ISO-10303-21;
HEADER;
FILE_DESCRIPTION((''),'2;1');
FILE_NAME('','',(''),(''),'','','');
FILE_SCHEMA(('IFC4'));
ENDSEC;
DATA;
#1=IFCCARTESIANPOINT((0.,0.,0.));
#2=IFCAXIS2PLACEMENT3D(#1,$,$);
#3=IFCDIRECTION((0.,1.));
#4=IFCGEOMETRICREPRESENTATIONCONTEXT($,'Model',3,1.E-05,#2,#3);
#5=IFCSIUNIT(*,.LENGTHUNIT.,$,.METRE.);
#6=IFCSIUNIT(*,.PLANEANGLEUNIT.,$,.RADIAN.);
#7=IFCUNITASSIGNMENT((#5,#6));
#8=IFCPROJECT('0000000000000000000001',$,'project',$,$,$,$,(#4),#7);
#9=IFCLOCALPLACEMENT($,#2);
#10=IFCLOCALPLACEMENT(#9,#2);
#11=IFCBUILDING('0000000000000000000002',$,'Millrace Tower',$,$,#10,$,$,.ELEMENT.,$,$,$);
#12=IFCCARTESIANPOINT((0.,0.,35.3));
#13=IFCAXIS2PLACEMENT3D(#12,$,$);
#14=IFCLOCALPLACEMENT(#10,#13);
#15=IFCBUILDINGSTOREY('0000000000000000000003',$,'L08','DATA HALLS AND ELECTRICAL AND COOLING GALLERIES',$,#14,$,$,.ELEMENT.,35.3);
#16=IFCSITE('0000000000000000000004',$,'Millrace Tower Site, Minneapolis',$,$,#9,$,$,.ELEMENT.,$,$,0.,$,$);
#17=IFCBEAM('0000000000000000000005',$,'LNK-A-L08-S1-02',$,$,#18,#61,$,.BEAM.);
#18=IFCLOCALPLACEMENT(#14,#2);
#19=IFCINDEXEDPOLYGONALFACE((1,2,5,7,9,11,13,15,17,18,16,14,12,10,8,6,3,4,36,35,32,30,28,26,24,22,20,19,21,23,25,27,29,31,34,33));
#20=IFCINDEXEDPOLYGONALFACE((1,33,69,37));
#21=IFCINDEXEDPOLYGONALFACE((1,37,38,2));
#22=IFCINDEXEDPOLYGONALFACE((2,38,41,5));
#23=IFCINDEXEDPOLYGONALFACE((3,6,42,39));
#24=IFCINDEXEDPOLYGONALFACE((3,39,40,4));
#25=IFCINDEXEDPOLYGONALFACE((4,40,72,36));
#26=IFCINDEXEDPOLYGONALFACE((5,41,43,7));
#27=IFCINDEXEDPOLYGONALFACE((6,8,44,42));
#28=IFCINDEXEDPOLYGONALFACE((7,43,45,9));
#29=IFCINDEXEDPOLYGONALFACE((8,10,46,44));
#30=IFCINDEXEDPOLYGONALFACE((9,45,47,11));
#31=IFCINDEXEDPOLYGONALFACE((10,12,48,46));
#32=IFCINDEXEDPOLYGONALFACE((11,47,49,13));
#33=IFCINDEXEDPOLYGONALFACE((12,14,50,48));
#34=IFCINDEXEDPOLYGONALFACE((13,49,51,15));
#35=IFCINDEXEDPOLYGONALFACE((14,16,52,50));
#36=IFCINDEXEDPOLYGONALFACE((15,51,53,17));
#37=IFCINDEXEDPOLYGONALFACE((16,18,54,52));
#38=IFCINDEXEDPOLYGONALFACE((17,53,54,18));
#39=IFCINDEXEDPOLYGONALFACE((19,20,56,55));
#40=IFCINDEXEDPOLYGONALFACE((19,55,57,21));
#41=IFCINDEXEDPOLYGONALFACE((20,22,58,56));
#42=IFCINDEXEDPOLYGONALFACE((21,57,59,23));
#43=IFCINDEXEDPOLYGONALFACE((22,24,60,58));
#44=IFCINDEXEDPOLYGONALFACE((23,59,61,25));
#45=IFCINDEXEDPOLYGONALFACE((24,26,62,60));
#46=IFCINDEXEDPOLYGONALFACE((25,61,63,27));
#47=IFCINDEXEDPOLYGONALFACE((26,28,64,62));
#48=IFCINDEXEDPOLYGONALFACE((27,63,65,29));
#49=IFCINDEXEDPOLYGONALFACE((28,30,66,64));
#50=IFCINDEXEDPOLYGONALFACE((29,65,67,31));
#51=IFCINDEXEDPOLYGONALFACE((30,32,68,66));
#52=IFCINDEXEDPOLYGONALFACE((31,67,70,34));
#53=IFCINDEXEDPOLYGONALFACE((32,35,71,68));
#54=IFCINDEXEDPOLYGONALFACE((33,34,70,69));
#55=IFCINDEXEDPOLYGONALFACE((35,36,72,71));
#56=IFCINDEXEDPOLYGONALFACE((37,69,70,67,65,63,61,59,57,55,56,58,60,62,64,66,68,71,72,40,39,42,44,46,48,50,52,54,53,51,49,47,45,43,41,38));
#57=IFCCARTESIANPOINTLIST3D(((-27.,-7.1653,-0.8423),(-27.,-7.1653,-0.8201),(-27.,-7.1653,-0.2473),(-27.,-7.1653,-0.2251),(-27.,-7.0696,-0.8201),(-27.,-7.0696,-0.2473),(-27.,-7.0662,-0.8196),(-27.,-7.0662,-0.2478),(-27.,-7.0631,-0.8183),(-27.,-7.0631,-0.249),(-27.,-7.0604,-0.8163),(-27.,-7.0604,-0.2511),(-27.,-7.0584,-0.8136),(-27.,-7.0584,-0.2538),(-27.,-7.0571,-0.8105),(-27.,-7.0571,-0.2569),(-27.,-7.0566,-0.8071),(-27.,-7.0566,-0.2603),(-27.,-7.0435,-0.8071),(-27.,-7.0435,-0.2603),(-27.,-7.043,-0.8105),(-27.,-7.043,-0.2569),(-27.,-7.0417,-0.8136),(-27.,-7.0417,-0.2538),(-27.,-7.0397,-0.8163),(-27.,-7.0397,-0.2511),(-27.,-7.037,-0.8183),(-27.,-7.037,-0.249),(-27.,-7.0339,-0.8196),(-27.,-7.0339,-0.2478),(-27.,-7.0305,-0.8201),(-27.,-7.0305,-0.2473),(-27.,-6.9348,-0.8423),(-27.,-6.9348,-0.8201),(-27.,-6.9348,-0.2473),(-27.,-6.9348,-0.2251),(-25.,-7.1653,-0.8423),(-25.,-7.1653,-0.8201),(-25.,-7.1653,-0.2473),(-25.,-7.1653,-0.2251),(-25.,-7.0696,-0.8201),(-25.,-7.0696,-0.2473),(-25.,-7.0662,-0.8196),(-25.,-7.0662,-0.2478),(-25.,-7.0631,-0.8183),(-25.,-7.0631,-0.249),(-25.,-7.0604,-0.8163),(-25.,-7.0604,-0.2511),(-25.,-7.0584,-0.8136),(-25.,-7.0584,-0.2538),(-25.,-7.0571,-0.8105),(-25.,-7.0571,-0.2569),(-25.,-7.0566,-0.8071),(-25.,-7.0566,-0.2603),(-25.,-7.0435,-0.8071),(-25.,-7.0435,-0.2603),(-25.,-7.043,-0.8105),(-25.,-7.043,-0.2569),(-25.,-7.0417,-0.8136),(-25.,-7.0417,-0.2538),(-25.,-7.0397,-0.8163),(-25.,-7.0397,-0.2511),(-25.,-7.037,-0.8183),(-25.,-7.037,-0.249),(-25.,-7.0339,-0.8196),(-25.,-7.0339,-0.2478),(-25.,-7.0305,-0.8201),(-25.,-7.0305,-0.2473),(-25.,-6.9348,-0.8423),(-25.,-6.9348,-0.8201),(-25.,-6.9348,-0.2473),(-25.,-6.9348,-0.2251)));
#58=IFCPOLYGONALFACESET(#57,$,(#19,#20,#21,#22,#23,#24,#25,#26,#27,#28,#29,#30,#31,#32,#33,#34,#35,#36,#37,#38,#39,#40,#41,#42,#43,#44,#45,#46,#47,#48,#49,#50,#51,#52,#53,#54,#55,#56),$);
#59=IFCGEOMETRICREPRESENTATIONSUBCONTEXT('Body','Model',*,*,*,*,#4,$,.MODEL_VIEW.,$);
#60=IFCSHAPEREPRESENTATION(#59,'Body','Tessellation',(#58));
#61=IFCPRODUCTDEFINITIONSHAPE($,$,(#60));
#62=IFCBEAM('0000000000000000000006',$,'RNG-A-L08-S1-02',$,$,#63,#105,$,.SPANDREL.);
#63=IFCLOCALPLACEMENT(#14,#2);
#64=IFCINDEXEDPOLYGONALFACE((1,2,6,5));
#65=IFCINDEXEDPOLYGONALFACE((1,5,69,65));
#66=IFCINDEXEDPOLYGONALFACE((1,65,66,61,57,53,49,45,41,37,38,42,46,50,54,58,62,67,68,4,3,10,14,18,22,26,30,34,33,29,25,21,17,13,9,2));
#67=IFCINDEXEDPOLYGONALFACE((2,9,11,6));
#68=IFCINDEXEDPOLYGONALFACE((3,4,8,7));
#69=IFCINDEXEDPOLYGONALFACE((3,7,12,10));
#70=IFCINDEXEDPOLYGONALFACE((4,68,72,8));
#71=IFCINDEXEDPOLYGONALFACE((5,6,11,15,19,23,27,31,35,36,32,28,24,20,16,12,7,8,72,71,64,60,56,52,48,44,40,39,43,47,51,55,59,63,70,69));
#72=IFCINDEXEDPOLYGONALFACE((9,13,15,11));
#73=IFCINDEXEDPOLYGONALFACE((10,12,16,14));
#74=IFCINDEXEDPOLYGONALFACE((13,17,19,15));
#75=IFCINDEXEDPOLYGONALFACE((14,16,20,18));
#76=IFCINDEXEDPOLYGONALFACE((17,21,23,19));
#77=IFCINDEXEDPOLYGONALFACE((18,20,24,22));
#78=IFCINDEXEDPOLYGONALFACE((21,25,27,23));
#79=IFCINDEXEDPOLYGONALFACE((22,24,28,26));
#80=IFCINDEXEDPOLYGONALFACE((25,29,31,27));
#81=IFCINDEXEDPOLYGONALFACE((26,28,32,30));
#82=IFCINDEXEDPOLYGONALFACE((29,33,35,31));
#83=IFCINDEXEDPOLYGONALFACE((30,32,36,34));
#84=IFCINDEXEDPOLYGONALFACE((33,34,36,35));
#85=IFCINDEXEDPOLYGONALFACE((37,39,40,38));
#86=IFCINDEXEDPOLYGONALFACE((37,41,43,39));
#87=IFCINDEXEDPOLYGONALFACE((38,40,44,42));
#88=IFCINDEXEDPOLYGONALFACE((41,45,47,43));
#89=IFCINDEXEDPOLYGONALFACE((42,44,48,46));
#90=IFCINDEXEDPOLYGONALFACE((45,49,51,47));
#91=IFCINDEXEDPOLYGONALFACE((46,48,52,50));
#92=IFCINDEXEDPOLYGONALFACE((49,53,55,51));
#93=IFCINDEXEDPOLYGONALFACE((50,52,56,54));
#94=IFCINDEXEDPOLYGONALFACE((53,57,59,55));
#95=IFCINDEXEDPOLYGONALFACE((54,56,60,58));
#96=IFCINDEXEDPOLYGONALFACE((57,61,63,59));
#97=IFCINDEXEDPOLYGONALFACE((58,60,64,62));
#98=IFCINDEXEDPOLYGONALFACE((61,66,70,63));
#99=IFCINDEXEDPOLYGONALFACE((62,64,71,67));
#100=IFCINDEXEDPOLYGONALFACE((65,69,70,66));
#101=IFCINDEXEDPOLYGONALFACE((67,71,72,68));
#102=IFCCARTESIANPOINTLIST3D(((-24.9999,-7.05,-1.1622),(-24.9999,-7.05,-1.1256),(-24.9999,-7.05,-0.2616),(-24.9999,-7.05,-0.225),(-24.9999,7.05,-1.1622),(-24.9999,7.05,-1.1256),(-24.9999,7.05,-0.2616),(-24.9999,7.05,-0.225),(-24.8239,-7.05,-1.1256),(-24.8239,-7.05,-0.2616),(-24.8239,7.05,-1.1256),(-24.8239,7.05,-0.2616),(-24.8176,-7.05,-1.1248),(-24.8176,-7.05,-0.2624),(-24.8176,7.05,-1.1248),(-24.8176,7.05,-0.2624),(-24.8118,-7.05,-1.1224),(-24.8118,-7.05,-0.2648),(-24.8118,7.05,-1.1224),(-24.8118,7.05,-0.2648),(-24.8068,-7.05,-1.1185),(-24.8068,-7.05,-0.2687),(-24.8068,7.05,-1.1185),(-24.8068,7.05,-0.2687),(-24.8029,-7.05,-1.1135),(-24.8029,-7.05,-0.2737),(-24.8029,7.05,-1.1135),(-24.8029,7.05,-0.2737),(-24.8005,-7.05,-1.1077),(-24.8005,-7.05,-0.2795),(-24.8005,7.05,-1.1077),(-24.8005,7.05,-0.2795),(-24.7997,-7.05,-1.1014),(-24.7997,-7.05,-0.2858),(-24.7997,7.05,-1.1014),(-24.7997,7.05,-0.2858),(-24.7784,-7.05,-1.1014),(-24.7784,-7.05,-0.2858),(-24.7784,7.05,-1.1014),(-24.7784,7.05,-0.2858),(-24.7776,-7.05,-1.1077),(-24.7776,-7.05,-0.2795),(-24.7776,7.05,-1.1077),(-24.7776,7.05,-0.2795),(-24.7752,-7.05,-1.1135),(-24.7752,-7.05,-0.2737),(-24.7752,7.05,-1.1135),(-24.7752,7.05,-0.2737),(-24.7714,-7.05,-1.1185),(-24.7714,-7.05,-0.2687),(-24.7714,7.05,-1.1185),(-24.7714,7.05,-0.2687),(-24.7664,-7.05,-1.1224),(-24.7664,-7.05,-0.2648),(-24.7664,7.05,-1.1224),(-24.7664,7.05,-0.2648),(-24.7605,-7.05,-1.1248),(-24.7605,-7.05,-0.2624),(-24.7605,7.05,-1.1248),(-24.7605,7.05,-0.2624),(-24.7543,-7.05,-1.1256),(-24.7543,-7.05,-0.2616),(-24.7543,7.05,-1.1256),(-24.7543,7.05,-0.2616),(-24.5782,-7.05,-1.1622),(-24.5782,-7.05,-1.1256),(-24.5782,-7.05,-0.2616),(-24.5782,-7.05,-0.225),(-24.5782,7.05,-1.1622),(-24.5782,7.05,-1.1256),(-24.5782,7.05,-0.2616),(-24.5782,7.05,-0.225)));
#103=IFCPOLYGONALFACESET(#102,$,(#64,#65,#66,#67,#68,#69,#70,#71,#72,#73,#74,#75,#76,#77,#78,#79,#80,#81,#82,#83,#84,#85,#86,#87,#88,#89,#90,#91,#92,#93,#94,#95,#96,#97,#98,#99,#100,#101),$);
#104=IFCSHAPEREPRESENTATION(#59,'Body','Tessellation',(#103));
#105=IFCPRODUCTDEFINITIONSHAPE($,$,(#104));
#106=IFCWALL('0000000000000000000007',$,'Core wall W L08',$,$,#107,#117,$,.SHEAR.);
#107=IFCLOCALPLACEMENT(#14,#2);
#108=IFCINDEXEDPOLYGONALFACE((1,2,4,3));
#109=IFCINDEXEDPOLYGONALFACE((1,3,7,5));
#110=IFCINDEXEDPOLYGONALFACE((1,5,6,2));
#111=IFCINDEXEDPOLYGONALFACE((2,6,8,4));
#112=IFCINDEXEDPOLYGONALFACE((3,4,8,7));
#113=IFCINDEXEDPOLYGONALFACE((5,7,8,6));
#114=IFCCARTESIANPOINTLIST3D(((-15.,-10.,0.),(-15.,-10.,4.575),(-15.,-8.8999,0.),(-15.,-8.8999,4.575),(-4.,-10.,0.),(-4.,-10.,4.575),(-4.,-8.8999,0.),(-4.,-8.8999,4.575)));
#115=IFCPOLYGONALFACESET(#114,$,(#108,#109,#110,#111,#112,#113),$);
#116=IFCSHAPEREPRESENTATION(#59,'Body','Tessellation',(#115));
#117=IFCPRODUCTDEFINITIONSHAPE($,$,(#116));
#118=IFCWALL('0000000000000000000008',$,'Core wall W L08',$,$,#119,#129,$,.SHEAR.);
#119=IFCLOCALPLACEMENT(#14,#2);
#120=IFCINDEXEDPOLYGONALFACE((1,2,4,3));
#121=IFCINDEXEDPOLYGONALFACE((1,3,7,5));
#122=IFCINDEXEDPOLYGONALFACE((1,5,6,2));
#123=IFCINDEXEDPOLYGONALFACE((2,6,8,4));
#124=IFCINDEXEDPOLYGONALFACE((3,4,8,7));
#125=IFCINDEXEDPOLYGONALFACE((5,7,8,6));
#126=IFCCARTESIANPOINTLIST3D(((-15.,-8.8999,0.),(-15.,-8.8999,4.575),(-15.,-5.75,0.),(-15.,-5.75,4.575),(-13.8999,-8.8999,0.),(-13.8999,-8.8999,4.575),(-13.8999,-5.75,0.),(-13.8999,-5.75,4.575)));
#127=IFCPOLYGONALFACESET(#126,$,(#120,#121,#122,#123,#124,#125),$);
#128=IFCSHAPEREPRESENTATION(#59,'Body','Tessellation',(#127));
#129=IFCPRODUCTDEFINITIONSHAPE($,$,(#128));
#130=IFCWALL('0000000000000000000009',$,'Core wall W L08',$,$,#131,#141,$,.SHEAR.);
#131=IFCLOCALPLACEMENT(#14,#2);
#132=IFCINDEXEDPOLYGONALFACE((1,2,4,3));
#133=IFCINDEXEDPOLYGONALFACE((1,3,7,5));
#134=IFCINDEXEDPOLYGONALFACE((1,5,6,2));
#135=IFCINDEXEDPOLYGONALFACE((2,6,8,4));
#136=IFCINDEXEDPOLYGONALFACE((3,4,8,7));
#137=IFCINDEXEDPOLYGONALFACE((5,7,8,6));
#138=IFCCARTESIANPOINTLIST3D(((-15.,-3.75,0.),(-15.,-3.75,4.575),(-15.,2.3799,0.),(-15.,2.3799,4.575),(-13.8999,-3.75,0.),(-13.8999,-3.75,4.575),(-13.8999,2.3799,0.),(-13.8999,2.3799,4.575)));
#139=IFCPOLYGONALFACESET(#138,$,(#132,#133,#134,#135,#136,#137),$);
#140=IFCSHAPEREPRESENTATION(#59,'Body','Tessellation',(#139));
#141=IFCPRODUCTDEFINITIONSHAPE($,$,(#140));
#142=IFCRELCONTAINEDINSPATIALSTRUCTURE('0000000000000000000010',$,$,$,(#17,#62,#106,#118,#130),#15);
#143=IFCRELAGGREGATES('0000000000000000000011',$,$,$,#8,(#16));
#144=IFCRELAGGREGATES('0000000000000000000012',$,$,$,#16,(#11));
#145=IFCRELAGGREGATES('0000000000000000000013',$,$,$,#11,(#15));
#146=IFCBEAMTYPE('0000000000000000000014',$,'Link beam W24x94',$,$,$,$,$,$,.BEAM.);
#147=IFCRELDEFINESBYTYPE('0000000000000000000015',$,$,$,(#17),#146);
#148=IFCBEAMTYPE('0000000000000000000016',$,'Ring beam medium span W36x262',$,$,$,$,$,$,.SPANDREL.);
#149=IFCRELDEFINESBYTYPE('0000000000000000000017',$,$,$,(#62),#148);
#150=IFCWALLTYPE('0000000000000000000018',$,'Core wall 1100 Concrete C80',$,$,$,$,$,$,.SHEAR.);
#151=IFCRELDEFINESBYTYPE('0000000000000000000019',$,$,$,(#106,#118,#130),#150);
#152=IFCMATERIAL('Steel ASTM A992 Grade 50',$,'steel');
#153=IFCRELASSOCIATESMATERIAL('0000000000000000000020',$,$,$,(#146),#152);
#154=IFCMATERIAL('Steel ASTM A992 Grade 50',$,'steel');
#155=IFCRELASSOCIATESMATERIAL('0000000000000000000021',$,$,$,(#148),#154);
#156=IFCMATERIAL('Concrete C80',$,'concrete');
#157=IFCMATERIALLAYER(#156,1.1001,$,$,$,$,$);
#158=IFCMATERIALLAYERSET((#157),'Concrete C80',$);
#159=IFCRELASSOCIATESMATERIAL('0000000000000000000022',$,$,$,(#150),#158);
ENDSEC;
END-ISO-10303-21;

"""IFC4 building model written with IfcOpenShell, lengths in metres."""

from ifc_helpers import new_model, si_unit, direction, frame, frame_2d, origin, origin_2d, place, context, subcontext, project, spatial, rectangle, i_section, extrude, material, layer, layer_set, material_profile, profile_set, type_object, element, save


model = new_model("IFC4")

# Units and contexts
model_context = context("Model", 3, precision=1e-05, world=origin(), true_north=direction((0.0, 1.0)))
body_context = subcontext(model_context, "Body", "Model", "MODEL_VIEW")
ifc_project = project(units=[si_unit("LENGTHUNIT", "METRE"), si_unit("PLANEANGLEUNIT", "RADIAN")], contexts=[model_context])

# Site, building, storey
site_placement = place(None, origin())
site = spatial("IfcSite", under=ifc_project, at=site_placement, Name="Millrace Tower Site, Minneapolis", CompositionType="ELEMENT", RefElevation=0.0)
building_placement = place(site_placement, origin())
building = spatial("IfcBuilding", under=site, at=building_placement, Name="Millrace Tower", CompositionType="ELEMENT")
storey_placement = place(building_placement, frame((0.0, 0.0, 35.3)))
storey = spatial("IfcBuildingStorey", under=building, at=storey_placement, Name="L08", Description="DATA HALLS AND ELECTRICAL AND COOLING GALLERIES", CompositionType="ELEMENT", Elevation=35.3)

# Beams
ifc_material_1 = material(Name="Steel ASTM A992 Grade 50", Category="steel")
ifc_material_profile_1 = material_profile(ifc_material_1, i_section(OverallWidth=0.2305, OverallDepth=0.6172, WebThickness=0.0132, FlangeThickness=0.0222, FilletRadius=0.0129, at=origin_2d()))
ifc_profile_set_1 = profile_set([ifc_material_profile_1], Name="Steel ASTM A992 Grade 50")
beam_type_1 = type_object("IfcBeamType", Name="Link beam W24x94", PredefinedType="BEAM", material=ifc_profile_set_1)
beam_1_placement = place(storey_placement, frame((-25.0, -7.05, -0.5337), z_axis=(-1.0, 0.0, 0.0), x_axis=(0.0, -1.0, 0.0)))
element("IfcBeam", 1, at=beam_1_placement, inside=storey, type_object=beam_type_1, Name="LNK-A-L08-S1-02", PredefinedType="BEAM", context=body_context, shape_type="SweptSolid", body=[
    extrude(i_section(OverallWidth=0.2305, OverallDepth=0.6172, WebThickness=0.0132, FlangeThickness=0.0222, FilletRadius=0.0129, at=origin_2d()), origin(), (0.0, 0.0, 1.0), 2.0),
])
ifc_material_2 = material(Name="Steel ASTM A992 Grade 50", Category="steel")
ifc_material_profile_2 = material_profile(ifc_material_2, i_section(OverallWidth=0.4216, OverallDepth=0.9373, WebThickness=0.0212, FlangeThickness=0.0366, FilletRadius=0.0242, at=origin_2d()))
ifc_profile_set_2 = profile_set([ifc_material_profile_2], Name="Steel ASTM A992 Grade 50")
beam_type_2 = type_object("IfcBeamType", Name="Ring beam medium span W36x262", PredefinedType="SPANDREL", material=ifc_profile_set_2)
beam_2_placement = place(storey_placement, frame((-24.7891, -7.05, -0.6936), z_axis=(0.0, 1.0, 0.0), x_axis=(-1.0, 0.0, 0.0)))
element("IfcBeam", 2, at=beam_2_placement, inside=storey, type_object=beam_type_2, Name="RNG-A-L08-S1-02", PredefinedType="SPANDREL", context=body_context, shape_type="SweptSolid", body=[
    extrude(i_section(OverallWidth=0.4216, OverallDepth=0.9373, WebThickness=0.0212, FlangeThickness=0.0366, FilletRadius=0.0242, at=origin_2d()), origin(), (0.0, 0.0, 1.0), 14.1001),
])

# Walls
ifc_material_3 = material(Name="Concrete C80", Category="concrete")
ifc_layer_1 = layer(ifc_material_3, 1.1001)
ifc_layer_set_1 = layer_set([ifc_layer_1], Name="Concrete C80")
wall_type_1 = type_object("IfcWallType", Name="Core wall 1100 Concrete C80", PredefinedType="SHEAR", material=ifc_layer_set_1)
wall_1_placement = place(storey_placement, frame((-15.0, -9.45, 0.0), z_axis=(0.0, 0.0, 1.0), x_axis=(1.0, 0.0, 0.0)))
element("IfcWall", 3, at=wall_1_placement, inside=storey, type_object=wall_type_1, Name="Core wall W L08", PredefinedType="SHEAR", context=body_context, shape_type="SweptSolid", body=[
    extrude(rectangle(XDim=11.0, YDim=1.1001, at=frame_2d((5.5, 0.0))), origin(), (0.0, 0.0, 1.0), 4.575),
])
wall_2_placement = place(storey_placement, frame((-14.45, -8.8999, 0.0), z_axis=(0.0, 0.0, 1.0), x_axis=(0.0, 1.0, 0.0)))
element("IfcWall", 4, at=wall_2_placement, inside=storey, type_object=wall_type_1, Name="Core wall W L08", PredefinedType="SHEAR", context=body_context, shape_type="SweptSolid", body=[
    extrude(rectangle(XDim=3.1499, YDim=1.1001, at=frame_2d((1.575, 0.0))), origin(), (0.0, 0.0, 1.0), 4.575),
])
wall_3_placement = place(storey_placement, frame((-14.45, -3.75, 0.0), z_axis=(0.0, 0.0, 1.0), x_axis=(0.0, 1.0, 0.0)))
element("IfcWall", 5, at=wall_3_placement, inside=storey, type_object=wall_type_1, Name="Core wall W L08", PredefinedType="SHEAR", context=body_context, shape_type="SweptSolid", body=[
    extrude(rectangle(XDim=6.1299, YDim=1.1001, at=frame_2d((3.0649, 0.0))), origin(), (0.0, 0.0, 1.0), 4.575),
])

save(model, "model.ifc")
